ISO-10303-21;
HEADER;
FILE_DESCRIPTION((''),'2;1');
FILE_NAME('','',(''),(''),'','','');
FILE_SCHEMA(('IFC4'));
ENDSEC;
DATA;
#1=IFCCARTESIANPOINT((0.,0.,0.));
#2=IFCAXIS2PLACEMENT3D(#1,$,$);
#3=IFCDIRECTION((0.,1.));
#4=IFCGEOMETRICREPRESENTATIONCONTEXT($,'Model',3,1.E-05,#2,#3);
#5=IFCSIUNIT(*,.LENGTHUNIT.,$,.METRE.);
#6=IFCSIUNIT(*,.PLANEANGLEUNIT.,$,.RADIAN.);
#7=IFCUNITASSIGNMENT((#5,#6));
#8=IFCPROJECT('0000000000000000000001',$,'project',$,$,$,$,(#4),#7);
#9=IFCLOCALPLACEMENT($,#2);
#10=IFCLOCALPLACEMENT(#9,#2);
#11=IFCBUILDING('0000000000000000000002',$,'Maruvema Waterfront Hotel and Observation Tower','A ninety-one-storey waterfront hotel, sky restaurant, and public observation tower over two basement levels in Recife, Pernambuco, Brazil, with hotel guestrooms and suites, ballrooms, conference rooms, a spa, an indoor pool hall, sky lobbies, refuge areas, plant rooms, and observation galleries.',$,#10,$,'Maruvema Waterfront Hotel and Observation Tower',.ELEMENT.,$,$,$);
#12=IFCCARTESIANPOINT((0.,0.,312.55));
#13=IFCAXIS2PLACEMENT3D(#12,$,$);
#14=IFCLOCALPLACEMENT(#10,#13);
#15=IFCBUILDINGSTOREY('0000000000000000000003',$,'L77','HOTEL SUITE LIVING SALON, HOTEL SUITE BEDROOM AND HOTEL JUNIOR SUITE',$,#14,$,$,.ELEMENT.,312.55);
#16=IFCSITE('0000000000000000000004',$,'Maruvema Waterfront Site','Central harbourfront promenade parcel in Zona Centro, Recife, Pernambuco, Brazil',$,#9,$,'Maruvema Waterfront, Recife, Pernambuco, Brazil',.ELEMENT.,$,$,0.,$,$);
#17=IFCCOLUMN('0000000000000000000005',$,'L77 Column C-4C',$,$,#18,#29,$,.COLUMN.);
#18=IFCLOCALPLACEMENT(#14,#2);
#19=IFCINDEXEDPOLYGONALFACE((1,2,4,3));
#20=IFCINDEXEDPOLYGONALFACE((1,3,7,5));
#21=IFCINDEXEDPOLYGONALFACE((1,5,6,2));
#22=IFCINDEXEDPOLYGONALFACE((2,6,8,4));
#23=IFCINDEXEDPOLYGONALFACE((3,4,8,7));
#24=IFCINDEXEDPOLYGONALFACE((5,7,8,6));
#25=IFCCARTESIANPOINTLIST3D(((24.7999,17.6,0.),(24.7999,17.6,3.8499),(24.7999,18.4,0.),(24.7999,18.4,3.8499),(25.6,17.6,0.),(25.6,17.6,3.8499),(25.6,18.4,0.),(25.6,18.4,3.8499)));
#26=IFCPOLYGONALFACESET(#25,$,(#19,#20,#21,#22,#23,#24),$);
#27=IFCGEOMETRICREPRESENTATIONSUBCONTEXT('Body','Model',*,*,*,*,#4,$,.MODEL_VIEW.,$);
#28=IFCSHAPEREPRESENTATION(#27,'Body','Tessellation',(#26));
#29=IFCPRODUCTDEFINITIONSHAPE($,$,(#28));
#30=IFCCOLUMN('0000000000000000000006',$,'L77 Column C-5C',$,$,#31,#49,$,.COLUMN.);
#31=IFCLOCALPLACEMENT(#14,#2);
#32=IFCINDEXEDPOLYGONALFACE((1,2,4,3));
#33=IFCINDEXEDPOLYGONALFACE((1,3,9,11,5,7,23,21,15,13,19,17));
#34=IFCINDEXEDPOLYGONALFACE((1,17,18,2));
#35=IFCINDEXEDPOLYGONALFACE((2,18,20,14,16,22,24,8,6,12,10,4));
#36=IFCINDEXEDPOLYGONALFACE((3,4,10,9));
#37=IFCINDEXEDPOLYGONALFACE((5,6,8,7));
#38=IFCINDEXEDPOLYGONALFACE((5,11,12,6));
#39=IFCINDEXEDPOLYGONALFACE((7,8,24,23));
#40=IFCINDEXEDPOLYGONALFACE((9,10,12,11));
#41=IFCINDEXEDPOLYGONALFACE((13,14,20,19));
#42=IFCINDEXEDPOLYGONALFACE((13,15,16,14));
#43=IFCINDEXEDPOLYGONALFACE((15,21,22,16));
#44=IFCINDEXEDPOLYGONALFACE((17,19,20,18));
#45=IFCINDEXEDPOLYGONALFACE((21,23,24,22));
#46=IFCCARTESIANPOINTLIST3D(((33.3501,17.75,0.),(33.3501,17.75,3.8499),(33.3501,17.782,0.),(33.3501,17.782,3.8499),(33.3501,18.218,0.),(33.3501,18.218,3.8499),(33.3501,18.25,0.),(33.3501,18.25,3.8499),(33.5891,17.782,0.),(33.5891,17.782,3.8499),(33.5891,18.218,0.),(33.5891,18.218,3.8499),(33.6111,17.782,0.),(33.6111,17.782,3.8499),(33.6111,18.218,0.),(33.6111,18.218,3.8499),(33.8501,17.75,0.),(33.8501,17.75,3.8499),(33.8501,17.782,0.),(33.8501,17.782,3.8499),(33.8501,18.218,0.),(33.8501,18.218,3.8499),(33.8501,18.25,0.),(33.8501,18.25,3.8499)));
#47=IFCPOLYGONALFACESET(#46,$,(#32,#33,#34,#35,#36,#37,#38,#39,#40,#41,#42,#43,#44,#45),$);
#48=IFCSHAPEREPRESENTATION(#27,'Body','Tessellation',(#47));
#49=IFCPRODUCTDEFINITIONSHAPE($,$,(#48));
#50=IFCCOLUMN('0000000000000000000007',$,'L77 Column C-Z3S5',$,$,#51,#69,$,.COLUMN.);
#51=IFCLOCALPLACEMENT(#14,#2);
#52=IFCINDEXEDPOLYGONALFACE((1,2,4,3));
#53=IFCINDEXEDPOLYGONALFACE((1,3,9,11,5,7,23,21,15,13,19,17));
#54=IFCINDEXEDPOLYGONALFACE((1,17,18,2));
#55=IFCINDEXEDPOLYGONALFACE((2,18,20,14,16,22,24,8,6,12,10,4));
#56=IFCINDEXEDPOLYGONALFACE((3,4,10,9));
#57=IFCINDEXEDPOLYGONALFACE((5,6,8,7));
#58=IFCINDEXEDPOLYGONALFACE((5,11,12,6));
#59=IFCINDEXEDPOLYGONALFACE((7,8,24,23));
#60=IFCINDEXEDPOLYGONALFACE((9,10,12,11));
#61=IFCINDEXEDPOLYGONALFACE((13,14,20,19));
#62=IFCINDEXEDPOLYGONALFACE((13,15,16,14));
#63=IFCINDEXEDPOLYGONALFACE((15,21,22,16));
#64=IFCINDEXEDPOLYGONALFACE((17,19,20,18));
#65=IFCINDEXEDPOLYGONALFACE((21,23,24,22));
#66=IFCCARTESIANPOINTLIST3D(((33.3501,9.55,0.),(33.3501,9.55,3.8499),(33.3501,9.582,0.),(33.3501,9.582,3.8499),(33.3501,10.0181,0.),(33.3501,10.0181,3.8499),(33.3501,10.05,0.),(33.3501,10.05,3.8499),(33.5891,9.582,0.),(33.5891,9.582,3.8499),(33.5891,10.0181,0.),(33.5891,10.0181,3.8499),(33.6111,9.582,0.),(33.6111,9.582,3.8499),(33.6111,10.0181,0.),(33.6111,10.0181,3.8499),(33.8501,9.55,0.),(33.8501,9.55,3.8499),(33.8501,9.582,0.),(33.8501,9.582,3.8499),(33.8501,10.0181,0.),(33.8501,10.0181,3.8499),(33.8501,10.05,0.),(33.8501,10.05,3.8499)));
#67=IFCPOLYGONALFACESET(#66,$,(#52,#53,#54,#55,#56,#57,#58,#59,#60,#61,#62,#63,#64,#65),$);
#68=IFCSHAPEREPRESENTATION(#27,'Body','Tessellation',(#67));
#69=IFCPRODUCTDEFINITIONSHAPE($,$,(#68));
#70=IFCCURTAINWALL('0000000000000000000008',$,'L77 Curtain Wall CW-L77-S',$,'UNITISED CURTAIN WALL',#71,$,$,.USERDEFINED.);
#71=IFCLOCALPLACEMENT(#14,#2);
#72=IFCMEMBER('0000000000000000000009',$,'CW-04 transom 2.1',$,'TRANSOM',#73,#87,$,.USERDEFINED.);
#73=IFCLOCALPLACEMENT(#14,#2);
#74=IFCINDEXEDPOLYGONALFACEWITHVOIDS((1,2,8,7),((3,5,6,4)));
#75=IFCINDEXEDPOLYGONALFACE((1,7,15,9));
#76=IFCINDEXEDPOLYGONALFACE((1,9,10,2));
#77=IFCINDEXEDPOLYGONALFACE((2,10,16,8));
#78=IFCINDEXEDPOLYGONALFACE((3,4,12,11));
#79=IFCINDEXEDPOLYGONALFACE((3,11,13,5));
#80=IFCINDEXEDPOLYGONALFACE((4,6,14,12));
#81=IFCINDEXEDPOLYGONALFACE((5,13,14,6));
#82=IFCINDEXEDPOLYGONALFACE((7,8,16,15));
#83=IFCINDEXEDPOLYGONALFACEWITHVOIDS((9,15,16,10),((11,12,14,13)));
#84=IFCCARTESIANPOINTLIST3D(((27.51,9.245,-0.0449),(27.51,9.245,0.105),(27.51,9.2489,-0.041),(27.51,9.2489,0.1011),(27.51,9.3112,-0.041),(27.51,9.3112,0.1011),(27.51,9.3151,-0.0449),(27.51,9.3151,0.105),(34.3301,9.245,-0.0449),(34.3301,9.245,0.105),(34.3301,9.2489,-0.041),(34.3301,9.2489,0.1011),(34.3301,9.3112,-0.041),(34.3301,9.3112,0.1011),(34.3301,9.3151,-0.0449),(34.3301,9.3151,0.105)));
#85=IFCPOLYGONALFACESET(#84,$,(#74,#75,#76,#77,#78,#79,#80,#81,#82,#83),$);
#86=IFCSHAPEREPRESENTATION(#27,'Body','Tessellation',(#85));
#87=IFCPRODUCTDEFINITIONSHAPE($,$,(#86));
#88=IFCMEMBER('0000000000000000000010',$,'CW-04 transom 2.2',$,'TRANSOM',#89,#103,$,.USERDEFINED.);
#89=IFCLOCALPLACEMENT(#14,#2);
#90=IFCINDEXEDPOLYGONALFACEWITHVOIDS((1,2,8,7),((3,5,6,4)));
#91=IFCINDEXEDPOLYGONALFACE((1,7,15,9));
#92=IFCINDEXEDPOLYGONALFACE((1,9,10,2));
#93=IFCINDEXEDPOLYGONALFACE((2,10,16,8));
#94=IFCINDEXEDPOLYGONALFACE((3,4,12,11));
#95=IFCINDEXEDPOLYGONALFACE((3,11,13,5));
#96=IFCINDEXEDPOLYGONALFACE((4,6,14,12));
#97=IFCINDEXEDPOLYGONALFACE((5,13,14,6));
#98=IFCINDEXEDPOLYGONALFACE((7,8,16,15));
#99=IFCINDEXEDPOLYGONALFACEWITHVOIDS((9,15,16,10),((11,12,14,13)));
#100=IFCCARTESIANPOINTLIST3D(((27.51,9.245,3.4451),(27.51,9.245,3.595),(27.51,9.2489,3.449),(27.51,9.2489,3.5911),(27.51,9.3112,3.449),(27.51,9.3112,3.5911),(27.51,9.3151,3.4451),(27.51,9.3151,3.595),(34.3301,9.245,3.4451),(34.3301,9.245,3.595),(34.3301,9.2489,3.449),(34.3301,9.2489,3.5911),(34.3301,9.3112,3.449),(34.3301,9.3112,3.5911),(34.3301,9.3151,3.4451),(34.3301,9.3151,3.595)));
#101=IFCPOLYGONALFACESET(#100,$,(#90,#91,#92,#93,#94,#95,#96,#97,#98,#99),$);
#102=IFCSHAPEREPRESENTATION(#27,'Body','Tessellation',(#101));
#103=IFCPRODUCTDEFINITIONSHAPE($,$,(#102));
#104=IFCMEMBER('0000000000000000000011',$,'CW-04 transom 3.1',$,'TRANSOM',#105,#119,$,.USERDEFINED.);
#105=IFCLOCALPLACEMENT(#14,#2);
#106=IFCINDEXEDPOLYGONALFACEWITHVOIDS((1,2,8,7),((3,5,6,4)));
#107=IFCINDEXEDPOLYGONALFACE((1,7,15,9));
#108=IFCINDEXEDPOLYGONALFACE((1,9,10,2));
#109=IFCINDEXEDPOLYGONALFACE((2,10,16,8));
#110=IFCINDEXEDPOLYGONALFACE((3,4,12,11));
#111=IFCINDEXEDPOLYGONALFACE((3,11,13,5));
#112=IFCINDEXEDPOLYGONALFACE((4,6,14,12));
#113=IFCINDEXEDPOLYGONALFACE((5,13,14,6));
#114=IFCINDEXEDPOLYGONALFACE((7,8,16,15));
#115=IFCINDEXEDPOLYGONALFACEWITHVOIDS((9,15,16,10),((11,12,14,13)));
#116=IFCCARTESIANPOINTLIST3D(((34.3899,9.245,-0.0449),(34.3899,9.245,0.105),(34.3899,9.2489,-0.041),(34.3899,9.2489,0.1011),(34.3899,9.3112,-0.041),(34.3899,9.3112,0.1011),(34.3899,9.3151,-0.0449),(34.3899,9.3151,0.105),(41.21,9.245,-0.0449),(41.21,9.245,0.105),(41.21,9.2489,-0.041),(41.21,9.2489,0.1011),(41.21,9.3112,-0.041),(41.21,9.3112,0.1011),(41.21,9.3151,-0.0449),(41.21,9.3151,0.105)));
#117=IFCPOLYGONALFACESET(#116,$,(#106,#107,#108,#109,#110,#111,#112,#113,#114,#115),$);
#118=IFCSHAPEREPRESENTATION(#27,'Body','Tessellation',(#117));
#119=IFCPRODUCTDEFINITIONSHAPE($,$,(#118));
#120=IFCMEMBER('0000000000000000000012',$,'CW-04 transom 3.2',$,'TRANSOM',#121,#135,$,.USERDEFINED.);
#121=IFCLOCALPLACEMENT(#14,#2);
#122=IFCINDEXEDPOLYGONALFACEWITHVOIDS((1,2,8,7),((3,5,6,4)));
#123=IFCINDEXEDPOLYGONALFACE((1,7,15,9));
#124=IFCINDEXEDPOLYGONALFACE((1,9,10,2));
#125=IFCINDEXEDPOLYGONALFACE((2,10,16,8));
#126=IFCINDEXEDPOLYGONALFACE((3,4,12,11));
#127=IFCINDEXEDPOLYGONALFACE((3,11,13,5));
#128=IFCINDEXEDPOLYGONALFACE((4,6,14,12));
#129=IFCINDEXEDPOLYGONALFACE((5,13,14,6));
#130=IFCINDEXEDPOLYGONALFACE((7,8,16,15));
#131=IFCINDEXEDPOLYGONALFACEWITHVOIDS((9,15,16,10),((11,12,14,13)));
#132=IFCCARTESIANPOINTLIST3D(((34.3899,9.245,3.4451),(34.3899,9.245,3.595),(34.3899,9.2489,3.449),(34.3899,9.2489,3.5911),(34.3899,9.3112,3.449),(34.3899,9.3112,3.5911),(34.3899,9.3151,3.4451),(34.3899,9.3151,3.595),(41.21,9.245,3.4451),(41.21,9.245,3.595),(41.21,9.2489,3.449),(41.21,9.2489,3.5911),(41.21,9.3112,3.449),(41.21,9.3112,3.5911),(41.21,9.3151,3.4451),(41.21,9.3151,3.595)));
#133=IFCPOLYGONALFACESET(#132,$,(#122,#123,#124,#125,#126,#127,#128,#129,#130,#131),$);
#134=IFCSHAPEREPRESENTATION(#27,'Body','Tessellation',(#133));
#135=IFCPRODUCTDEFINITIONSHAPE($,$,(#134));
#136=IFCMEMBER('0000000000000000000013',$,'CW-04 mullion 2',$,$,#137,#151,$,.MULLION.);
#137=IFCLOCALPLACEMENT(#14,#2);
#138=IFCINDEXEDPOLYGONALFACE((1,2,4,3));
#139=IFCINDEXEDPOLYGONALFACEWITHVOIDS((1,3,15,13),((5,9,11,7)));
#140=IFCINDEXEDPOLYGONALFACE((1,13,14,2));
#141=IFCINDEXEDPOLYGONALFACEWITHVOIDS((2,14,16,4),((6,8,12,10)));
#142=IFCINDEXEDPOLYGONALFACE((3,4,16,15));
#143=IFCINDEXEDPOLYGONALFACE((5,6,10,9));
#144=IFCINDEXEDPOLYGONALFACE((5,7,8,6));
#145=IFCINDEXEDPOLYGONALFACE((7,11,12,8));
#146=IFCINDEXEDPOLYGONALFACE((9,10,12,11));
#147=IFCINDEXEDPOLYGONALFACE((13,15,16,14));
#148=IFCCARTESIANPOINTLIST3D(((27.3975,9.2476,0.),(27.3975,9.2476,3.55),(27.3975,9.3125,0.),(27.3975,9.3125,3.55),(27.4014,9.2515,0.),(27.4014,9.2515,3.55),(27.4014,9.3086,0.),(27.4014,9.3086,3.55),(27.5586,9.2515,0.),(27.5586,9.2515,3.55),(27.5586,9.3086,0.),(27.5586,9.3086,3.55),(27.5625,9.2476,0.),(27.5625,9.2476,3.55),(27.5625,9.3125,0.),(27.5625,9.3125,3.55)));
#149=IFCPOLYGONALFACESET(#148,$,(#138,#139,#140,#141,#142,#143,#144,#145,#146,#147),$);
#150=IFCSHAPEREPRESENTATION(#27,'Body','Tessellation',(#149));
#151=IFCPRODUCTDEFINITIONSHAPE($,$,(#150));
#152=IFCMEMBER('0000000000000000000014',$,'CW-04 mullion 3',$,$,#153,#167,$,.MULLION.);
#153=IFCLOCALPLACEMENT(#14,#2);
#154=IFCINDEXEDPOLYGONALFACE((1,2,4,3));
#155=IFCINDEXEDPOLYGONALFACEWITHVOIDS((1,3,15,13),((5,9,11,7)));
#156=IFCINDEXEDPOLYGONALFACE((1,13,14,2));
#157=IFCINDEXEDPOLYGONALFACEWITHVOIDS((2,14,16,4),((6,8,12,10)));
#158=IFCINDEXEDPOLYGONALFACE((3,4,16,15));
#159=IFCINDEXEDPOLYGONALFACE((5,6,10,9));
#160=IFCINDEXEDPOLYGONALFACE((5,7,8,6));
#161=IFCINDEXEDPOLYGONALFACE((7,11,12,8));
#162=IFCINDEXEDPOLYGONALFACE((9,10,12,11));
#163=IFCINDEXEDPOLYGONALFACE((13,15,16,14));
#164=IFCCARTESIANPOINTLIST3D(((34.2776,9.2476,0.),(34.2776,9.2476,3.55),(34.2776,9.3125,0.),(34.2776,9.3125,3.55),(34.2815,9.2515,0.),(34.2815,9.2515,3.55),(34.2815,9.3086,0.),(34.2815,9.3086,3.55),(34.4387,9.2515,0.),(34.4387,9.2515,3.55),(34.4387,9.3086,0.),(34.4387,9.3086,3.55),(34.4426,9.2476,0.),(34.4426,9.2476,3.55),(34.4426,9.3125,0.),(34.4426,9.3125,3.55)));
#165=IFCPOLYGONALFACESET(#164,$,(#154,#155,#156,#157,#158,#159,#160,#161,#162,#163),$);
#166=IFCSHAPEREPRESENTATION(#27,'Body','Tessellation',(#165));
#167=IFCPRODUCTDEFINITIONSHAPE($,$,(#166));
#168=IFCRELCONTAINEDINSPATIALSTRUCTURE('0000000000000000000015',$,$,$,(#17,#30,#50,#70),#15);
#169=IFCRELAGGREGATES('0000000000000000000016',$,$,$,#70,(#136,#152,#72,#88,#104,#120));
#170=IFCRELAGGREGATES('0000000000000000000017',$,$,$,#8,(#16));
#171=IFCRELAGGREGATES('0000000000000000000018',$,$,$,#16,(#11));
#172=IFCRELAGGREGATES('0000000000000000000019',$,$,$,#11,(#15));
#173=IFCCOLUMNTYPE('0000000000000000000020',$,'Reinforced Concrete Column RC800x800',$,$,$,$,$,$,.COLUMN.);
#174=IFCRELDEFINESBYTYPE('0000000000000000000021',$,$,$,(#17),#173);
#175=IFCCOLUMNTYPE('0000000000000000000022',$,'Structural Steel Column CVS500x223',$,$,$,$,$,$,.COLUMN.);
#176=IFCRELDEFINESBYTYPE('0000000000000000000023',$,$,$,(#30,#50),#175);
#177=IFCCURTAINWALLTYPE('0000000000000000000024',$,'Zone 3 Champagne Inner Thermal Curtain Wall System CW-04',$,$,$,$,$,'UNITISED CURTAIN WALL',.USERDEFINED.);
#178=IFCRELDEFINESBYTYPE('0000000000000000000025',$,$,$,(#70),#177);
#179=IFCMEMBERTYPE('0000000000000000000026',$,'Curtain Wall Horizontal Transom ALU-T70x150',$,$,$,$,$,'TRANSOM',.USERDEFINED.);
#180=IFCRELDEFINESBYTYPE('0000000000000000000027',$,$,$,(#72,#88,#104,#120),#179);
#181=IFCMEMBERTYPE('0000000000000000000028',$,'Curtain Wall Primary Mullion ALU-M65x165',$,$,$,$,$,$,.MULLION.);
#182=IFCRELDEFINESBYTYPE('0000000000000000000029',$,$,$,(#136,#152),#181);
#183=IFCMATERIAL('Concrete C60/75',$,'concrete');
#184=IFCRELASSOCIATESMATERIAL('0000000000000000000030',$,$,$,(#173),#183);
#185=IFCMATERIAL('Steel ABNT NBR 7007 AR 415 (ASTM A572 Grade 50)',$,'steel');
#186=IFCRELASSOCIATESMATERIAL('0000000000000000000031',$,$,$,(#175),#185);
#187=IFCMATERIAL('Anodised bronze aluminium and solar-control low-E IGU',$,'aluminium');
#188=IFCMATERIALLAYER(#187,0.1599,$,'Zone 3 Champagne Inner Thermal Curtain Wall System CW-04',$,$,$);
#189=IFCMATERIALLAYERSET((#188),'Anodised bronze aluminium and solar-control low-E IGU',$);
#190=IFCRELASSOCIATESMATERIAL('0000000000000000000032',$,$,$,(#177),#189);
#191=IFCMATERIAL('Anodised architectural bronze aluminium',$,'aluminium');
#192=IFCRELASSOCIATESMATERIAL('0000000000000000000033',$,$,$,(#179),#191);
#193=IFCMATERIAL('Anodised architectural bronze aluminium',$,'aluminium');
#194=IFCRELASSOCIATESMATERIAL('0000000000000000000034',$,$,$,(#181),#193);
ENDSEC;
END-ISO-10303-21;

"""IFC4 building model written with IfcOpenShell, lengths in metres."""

from ifc_helpers import new_model, si_unit, direction, frame, origin, origin_2d, place, context, subcontext, project, spatial, rectangle, hollow_rectangle, i_section, extrude, material, layer, layer_set, material_profile, profile_set, type_object, element, aggregate, save


model = new_model("IFC4")

# Units and contexts
model_context = context("Model", 3, precision=1e-05, world=origin(), true_north=direction((0.0, 1.0)))
body_context = subcontext(model_context, "Body", "Model", "MODEL_VIEW")
ifc_project = project(units=[si_unit("LENGTHUNIT", "METRE"), si_unit("PLANEANGLEUNIT", "RADIAN")], contexts=[model_context])

# Site, building, storey
site_placement = place(None, origin())
site = spatial("IfcSite", under=ifc_project, at=site_placement, Name="Maruvema Waterfront Site", Description="Central harbourfront promenade parcel in Zona Centro, Recife, Pernambuco, Brazil", LongName="Maruvema Waterfront, Recife, Pernambuco, Brazil", CompositionType="ELEMENT", RefElevation=0.0)
building_placement = place(site_placement, origin())
building = spatial("IfcBuilding", under=site, at=building_placement, Name="Maruvema Waterfront Hotel and Observation Tower", Description="A ninety-one-storey waterfront hotel, sky restaurant, and public observation tower over two basement levels in Recife, Pernambuco, Brazil, with hotel guestrooms and suites, ballrooms, conference rooms, a spa, an indoor pool hall, sky lobbies, refuge areas, plant rooms, and observation galleries.", LongName="Maruvema Waterfront Hotel and Observation Tower", CompositionType="ELEMENT")
storey_placement = place(building_placement, frame((0.0, 0.0, 312.55)))
storey = spatial("IfcBuildingStorey", under=building, at=storey_placement, Name="L77", Description="HOTEL SUITE LIVING SALON, HOTEL SUITE BEDROOM AND HOTEL JUNIOR SUITE", CompositionType="ELEMENT", Elevation=312.55)

# Columns
ifc_material_1 = material(Name="Concrete C60/75", Category="concrete")
ifc_material_profile_1 = material_profile(ifc_material_1, rectangle(XDim=0.8, YDim=0.8, at=origin_2d()), Name="RC800x800")
ifc_profile_set_1 = profile_set([ifc_material_profile_1], Name="Concrete C60/75")
column_type_1 = type_object("IfcColumnType", Name="Reinforced Concrete Column RC800x800", PredefinedType="COLUMN", material=ifc_profile_set_1)
column_placement = place(storey_placement, frame((25.2, 18.0, 0.0), z_axis=(0.0, 0.0, 1.0), x_axis=(1.0, 0.0, 0.0)))
element("IfcColumn", 1, at=column_placement, inside=storey, type_object=column_type_1, Name="L77 Column C-4C", PredefinedType="COLUMN", context=body_context, shape_type="SweptSolid", body=[
    extrude(rectangle(XDim=0.8, YDim=0.8, at=origin_2d()), origin(), (0.0, 0.0, 1.0), 3.8499),
])
ifc_material_2 = material(Name="Steel ABNT NBR 7007 AR 415 (ASTM A572 Grade 50)", Category="steel")
ifc_material_profile_2 = material_profile(ifc_material_2, i_section(OverallWidth=0.5, OverallDepth=0.5, WebThickness=0.022, FlangeThickness=0.032, at=origin_2d()), Name="CVS500x223")
ifc_profile_set_2 = profile_set([ifc_material_profile_2], Name="Steel ABNT NBR 7007 AR 415 (ASTM A572 Grade 50)")
column_type_2 = type_object("IfcColumnType", Name="Structural Steel Column CVS500x223", PredefinedType="COLUMN", material=ifc_profile_set_2)
for number, where, z_axis, x_axis, name in (
    (2, (33.6001, 18.0, 0.0), (0.0, 0.0, 1.0), (1.0, 0.0, 0.0), "L77 Column C-5C"),
    (3, (33.6001, 9.8, 0.0), (0.0, 0.0, 1.0), (1.0, 0.0, 0.0), "L77 Column C-Z3S5"),
):
    element("IfcColumn", number, at=place(storey_placement, frame(where, z_axis=z_axis, x_axis=x_axis)), inside=storey, type_object=column_type_2, Name=name, PredefinedType="COLUMN", context=body_context, shape_type="SweptSolid", body=[
        extrude(i_section(OverallWidth=0.5, OverallDepth=0.5, WebThickness=0.022, FlangeThickness=0.032, at=origin_2d()), origin(), (0.0, 0.0, 1.0), 3.8499),
    ])

# Curtain wall, members
ifc_material_3 = material(Name="Anodised bronze aluminium and solar-control low-E IGU", Category="aluminium")
ifc_layer_1 = layer(ifc_material_3, 0.1599, Name="Zone 3 Champagne Inner Thermal Curtain Wall System CW-04")
ifc_layer_set_1 = layer_set([ifc_layer_1], Name="Anodised bronze aluminium and solar-control low-E IGU")
curtain_wall_type = type_object("IfcCurtainWallType", Name="Zone 3 Champagne Inner Thermal Curtain Wall System CW-04", ElementType="UNITISED CURTAIN WALL", PredefinedType="USERDEFINED", material=ifc_layer_set_1)
curtain_wall_placement = place(storey_placement, origin())
curtain_wall = element("IfcCurtainWall", 4, at=curtain_wall_placement, inside=storey, type_object=curtain_wall_type, Name="L77 Curtain Wall CW-L77-S", ObjectType="UNITISED CURTAIN WALL", PredefinedType="USERDEFINED")
ifc_material_4 = material(Name="Anodised architectural bronze aluminium", Category="aluminium")
ifc_material_profile_3 = material_profile(ifc_material_4, hollow_rectangle(XDim=0.0701, YDim=0.1499, WallThickness=0.0039, at=origin_2d()), Name="ALU-T70x150")
ifc_profile_set_3 = profile_set([ifc_material_profile_3], Name="Anodised architectural bronze aluminium")
member_type_1 = type_object("IfcMemberType", Name="Curtain Wall Horizontal Transom ALU-T70x150", ElementType="TRANSOM", PredefinedType="USERDEFINED", material=ifc_profile_set_3)
member_1_placement = place(storey_placement, frame((27.51, 9.28, 0.03), z_axis=(1.0, 0.0, 0.0), x_axis=(0.0, 1.0, 0.0)))
member_1 = element("IfcMember", 5, at=member_1_placement, type_object=member_type_1, Name="CW-04 transom 2.1", ObjectType="TRANSOM", PredefinedType="USERDEFINED", context=body_context, shape_type="SweptSolid", body=[
    extrude(hollow_rectangle(XDim=0.0701, YDim=0.1499, WallThickness=0.0039, at=origin_2d()), origin(), (0.0, 0.0, 1.0), 6.8201),
])
member_2_placement = place(storey_placement, frame((27.51, 9.28, 3.52), z_axis=(1.0, 0.0, 0.0), x_axis=(0.0, 1.0, 0.0)))
member_2 = element("IfcMember", 6, at=member_2_placement, type_object=member_type_1, Name="CW-04 transom 2.2", ObjectType="TRANSOM", PredefinedType="USERDEFINED", context=body_context, shape_type="SweptSolid", body=[
    extrude(hollow_rectangle(XDim=0.0701, YDim=0.1499, WallThickness=0.0039, at=origin_2d()), origin(), (0.0, 0.0, 1.0), 6.8201),
])
member_3_placement = place(storey_placement, frame((34.3899, 9.28, 0.03), z_axis=(1.0, 0.0, 0.0), x_axis=(0.0, 1.0, 0.0)))
member_3 = element("IfcMember", 7, at=member_3_placement, type_object=member_type_1, Name="CW-04 transom 3.1", ObjectType="TRANSOM", PredefinedType="USERDEFINED", context=body_context, shape_type="SweptSolid", body=[
    extrude(hollow_rectangle(XDim=0.0701, YDim=0.1499, WallThickness=0.0039, at=origin_2d()), origin(), (0.0, 0.0, 1.0), 6.8201),
])
member_4_placement = place(storey_placement, frame((34.3899, 9.28, 3.52), z_axis=(1.0, 0.0, 0.0), x_axis=(0.0, 1.0, 0.0)))
member_4 = element("IfcMember", 8, at=member_4_placement, type_object=member_type_1, Name="CW-04 transom 3.2", ObjectType="TRANSOM", PredefinedType="USERDEFINED", context=body_context, shape_type="SweptSolid", body=[
    extrude(hollow_rectangle(XDim=0.0701, YDim=0.1499, WallThickness=0.0039, at=origin_2d()), origin(), (0.0, 0.0, 1.0), 6.8201),
])
ifc_material_5 = material(Name="Anodised architectural bronze aluminium", Category="aluminium")
ifc_material_profile_4 = material_profile(ifc_material_5, hollow_rectangle(XDim=0.0649, YDim=0.165, WallThickness=0.0039, at=origin_2d()), Name="ALU-M65x165")
ifc_profile_set_4 = profile_set([ifc_material_profile_4], Name="Anodised architectural bronze aluminium")
member_type_2 = type_object("IfcMemberType", Name="Curtain Wall Primary Mullion ALU-M65x165", PredefinedType="MULLION", material=ifc_profile_set_4)
member_5_placement = place(storey_placement, frame((27.48, 9.28, 0.0), z_axis=(0.0, 0.0, 1.0), x_axis=(0.0, 1.0, 0.0)))
member_5 = element("IfcMember", 9, at=member_5_placement, type_object=member_type_2, Name="CW-04 mullion 2", PredefinedType="MULLION", context=body_context, shape_type="SweptSolid", body=[
    extrude(hollow_rectangle(XDim=0.0649, YDim=0.165, WallThickness=0.0039, at=origin_2d()), origin(), (0.0, 0.0, 1.0), 3.55),
])
member_6_placement = place(storey_placement, frame((34.3601, 9.28, 0.0), z_axis=(0.0, 0.0, 1.0), x_axis=(0.0, 1.0, 0.0)))
member_6 = element("IfcMember", 10, at=member_6_placement, type_object=member_type_2, Name="CW-04 mullion 3", PredefinedType="MULLION", context=body_context, shape_type="SweptSolid", body=[
    extrude(hollow_rectangle(XDim=0.0649, YDim=0.165, WallThickness=0.0039, at=origin_2d()), origin(), (0.0, 0.0, 1.0), 3.55),
])

aggregate(curtain_wall, [member_5, member_6, member_1, member_2, member_3, member_4])

save(model, "model.ifc")
